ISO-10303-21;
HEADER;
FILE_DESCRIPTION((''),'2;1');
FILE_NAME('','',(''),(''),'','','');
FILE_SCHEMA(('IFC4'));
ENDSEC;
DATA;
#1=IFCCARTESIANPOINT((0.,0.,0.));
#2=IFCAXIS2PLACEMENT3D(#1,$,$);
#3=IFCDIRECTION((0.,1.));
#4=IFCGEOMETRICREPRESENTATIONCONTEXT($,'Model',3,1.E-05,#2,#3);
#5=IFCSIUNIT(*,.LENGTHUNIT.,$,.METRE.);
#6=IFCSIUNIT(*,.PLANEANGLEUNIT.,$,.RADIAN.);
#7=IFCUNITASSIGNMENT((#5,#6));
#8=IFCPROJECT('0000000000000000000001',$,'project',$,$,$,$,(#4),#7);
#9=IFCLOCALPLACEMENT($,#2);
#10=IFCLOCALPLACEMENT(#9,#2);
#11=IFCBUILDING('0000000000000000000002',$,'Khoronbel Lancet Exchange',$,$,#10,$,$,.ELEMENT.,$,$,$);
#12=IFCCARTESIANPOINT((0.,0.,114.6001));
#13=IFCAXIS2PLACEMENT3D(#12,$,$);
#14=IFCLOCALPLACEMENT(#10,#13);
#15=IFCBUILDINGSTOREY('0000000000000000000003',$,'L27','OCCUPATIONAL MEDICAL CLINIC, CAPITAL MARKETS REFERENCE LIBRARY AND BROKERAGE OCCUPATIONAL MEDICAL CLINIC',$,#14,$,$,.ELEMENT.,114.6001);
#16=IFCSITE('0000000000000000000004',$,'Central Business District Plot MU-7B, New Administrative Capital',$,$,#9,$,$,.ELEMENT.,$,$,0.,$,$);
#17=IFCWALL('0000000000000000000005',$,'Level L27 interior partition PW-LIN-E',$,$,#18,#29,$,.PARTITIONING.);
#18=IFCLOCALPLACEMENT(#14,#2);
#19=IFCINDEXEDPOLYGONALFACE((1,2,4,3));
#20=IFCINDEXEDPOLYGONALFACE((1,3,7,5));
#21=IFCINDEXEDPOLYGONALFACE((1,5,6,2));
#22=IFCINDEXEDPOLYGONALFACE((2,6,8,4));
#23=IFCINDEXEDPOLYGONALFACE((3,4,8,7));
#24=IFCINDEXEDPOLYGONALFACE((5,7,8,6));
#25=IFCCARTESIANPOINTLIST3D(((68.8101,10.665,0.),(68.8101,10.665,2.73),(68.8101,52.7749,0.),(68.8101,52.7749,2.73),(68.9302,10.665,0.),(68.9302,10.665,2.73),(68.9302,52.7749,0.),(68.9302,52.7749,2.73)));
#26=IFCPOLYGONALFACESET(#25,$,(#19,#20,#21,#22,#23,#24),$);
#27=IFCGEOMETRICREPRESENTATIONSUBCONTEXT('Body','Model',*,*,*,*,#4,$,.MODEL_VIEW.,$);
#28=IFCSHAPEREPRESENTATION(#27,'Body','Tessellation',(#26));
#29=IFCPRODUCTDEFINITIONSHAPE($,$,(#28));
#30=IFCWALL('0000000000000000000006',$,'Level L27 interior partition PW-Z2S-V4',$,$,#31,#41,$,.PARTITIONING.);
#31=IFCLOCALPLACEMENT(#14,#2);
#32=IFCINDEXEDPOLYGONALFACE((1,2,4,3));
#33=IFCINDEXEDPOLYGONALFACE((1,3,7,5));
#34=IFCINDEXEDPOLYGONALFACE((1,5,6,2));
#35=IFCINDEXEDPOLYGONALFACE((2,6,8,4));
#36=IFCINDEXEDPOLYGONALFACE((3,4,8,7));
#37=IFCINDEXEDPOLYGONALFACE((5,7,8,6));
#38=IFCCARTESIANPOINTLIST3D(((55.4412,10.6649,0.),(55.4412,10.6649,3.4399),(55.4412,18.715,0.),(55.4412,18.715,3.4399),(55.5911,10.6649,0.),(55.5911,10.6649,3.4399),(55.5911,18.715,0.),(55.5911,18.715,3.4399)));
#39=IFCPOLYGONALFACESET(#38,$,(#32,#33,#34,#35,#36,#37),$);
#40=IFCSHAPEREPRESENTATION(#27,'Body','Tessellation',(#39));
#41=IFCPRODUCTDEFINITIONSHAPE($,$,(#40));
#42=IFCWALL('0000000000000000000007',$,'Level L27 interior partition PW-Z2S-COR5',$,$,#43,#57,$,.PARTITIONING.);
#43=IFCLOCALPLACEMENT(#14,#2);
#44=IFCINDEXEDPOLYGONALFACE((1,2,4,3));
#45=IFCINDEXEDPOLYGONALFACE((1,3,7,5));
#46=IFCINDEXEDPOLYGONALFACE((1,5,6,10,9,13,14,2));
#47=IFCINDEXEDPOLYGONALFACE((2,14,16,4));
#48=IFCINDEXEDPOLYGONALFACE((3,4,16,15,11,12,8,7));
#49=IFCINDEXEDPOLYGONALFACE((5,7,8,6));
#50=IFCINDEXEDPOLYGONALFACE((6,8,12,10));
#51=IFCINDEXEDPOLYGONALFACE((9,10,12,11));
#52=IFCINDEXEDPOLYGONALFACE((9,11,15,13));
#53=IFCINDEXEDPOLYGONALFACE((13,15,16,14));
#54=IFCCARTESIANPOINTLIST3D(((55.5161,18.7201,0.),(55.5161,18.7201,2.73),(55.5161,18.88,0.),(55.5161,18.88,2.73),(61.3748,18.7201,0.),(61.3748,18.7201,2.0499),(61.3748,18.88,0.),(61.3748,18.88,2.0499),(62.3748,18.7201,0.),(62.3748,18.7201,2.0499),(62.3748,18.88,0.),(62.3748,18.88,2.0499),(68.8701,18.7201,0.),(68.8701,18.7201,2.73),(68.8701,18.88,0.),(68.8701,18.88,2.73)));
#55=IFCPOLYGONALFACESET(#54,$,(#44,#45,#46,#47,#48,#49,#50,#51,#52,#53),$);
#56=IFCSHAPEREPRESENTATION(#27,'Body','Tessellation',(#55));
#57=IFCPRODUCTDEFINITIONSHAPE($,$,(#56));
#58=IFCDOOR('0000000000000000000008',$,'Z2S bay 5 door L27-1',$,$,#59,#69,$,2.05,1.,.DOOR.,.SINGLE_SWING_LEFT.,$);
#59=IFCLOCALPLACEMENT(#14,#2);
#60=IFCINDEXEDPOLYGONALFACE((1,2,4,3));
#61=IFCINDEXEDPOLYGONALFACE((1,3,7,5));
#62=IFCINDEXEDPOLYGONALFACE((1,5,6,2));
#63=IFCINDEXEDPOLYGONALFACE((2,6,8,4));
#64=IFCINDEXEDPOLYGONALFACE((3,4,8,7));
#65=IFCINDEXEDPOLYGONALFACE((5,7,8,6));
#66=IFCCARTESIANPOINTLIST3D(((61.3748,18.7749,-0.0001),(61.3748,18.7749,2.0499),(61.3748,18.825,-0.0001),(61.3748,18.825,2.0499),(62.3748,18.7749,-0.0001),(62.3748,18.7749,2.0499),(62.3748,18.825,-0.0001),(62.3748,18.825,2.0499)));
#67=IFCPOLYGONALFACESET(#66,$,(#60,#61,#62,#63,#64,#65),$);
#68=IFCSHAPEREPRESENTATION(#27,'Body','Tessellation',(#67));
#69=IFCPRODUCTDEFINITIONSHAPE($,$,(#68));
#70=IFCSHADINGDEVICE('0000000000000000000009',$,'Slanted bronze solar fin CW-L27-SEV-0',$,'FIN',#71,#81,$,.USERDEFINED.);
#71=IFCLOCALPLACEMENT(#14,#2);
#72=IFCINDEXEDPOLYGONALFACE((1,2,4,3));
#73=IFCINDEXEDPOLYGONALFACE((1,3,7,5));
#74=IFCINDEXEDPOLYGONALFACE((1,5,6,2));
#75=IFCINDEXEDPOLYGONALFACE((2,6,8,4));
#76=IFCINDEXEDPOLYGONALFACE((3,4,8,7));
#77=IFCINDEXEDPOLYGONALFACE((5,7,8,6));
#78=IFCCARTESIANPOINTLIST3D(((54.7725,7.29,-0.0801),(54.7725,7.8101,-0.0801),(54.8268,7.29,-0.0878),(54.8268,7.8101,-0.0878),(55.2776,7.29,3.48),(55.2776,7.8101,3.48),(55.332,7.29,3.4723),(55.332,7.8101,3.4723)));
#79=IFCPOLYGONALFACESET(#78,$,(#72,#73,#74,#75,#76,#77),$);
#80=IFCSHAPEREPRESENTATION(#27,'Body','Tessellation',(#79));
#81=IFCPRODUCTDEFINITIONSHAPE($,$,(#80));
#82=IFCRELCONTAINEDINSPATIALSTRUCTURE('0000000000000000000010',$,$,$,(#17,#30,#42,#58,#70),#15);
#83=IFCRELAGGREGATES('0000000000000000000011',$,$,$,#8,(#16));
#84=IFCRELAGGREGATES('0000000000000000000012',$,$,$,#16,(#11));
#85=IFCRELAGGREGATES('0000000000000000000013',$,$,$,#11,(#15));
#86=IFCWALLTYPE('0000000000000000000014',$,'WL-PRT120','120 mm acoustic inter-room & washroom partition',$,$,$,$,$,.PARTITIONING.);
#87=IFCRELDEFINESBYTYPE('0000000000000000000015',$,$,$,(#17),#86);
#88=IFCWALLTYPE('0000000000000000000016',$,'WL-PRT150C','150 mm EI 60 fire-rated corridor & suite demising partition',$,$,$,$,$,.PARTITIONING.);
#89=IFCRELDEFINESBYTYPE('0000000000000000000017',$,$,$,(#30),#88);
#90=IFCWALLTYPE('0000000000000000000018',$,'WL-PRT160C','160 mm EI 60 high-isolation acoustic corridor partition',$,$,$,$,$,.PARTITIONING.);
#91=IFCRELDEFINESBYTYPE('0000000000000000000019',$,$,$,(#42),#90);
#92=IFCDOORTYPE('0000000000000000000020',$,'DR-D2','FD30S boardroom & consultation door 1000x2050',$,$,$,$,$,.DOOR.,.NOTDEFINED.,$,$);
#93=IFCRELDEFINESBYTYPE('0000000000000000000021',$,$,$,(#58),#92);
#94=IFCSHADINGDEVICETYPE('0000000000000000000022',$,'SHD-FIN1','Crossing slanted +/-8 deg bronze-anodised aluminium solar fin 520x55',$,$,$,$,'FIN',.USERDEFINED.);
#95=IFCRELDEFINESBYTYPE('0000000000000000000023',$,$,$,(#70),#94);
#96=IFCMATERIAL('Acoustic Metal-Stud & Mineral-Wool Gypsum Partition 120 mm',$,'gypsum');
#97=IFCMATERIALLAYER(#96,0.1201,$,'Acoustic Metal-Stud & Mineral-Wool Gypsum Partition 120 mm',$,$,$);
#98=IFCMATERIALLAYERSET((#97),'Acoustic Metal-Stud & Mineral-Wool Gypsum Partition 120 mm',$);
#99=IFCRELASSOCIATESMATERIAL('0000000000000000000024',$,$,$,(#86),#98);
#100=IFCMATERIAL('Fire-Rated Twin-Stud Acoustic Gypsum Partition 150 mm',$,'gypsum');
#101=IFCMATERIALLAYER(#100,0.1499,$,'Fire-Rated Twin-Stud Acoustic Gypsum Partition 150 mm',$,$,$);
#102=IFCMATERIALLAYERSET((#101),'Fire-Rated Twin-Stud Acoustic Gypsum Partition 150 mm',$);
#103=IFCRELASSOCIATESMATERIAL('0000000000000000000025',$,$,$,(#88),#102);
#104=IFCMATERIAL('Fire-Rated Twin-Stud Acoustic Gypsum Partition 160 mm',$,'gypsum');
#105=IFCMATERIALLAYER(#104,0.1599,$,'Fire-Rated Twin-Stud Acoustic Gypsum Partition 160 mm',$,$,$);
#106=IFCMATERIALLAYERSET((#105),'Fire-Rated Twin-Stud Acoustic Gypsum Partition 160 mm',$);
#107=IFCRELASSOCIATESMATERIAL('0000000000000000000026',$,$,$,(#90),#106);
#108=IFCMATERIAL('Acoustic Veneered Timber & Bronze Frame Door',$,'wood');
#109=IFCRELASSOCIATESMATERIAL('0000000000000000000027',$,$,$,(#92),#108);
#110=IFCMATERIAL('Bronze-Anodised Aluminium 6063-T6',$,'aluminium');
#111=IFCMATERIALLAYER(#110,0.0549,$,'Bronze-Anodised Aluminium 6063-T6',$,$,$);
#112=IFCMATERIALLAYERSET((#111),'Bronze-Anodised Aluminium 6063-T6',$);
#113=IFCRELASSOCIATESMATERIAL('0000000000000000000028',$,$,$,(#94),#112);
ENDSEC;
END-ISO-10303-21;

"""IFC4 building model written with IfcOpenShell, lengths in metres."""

from ifc_helpers import new_model, si_unit, direction, frame, frame_2d, origin, place, context, subcontext, project, spatial, polyline, rectangle, outline, extrude, material, layer, layer_set, type_object, element, fill, save


model = new_model("IFC4")

# Units and contexts
model_context = context("Model", 3, precision=1e-05, world=origin(), true_north=direction((0.0, 1.0)))
body_context = subcontext(model_context, "Body", "Model", "MODEL_VIEW")
ifc_project = project(units=[si_unit("LENGTHUNIT", "METRE"), si_unit("PLANEANGLEUNIT", "RADIAN")], contexts=[model_context])

# Site, building, storey
site_placement = place(None, origin())
site = spatial("IfcSite", under=ifc_project, at=site_placement, Name="Central Business District Plot MU-7B, New Administrative Capital", CompositionType="ELEMENT", RefElevation=0.0)
building_placement = place(site_placement, origin())
building = spatial("IfcBuilding", under=site, at=building_placement, Name="Khoronbel Lancet Exchange", CompositionType="ELEMENT")
storey_placement = place(building_placement, frame((0.0, 0.0, 114.6001)))
storey = spatial("IfcBuildingStorey", under=building, at=storey_placement, Name="L27", Description="OCCUPATIONAL MEDICAL CLINIC, CAPITAL MARKETS REFERENCE LIBRARY AND BROKERAGE OCCUPATIONAL MEDICAL CLINIC", CompositionType="ELEMENT", Elevation=114.6001)

# Shared definitions
ifc_material_1 = material(Name="Bronze-Anodised Aluminium 6063-T6", Category="aluminium")

# Walls
ifc_material_2 = material(Name="Acoustic Metal-Stud & Mineral-Wool Gypsum Partition 120 mm", Category="gypsum")
ifc_layer_1 = layer(ifc_material_2, 0.1201, Name="Acoustic Metal-Stud & Mineral-Wool Gypsum Partition 120 mm")
ifc_layer_set_1 = layer_set([ifc_layer_1], Name="Acoustic Metal-Stud & Mineral-Wool Gypsum Partition 120 mm")
wall_type_1 = type_object("IfcWallType", Name="WL-PRT120", Description="120 mm acoustic inter-room & washroom partition", PredefinedType="PARTITIONING", material=ifc_layer_set_1)
wall_1_placement = place(storey_placement, frame((68.8701, 10.665, 0.0), z_axis=(0.0, 0.0, 1.0), x_axis=(0.0, 1.0, 0.0)))
element("IfcWall", 1, at=wall_1_placement, inside=storey, type_object=wall_type_1, Name="Level L27 interior partition PW-LIN-E", PredefinedType="PARTITIONING", context=body_context, shape_type="SweptSolid", body=[
    extrude(rectangle(XDim=42.1099, YDim=0.1201, at=frame_2d((21.0549, 0.0))), origin(), (0.0, 0.0, 1.0), 2.73),
])
ifc_material_3 = material(Name="Fire-Rated Twin-Stud Acoustic Gypsum Partition 150 mm", Category="gypsum")
ifc_layer_2 = layer(ifc_material_3, 0.1499, Name="Fire-Rated Twin-Stud Acoustic Gypsum Partition 150 mm")
ifc_layer_set_2 = layer_set([ifc_layer_2], Name="Fire-Rated Twin-Stud Acoustic Gypsum Partition 150 mm")
wall_type_2 = type_object("IfcWallType", Name="WL-PRT150C", Description="150 mm EI 60 fire-rated corridor & suite demising partition", PredefinedType="PARTITIONING", material=ifc_layer_set_2)
wall_2_placement = place(storey_placement, frame((55.5161, 10.665, 0.0), z_axis=(0.0, 0.0, 1.0), x_axis=(0.0, 1.0, 0.0)))
element("IfcWall", 2, at=wall_2_placement, inside=storey, type_object=wall_type_2, Name="Level L27 interior partition PW-Z2S-V4", PredefinedType="PARTITIONING", context=body_context, shape_type="SweptSolid", body=[
    extrude(rectangle(XDim=8.05, YDim=0.1499, at=frame_2d((4.0249, 0.0))), origin(), (0.0, 0.0, 1.0), 3.4399),
])

# Wall, opening, door
ifc_material_4 = material(Name="Fire-Rated Twin-Stud Acoustic Gypsum Partition 160 mm", Category="gypsum")
ifc_layer_3 = layer(ifc_material_4, 0.1599, Name="Fire-Rated Twin-Stud Acoustic Gypsum Partition 160 mm")
ifc_layer_set_3 = layer_set([ifc_layer_3], Name="Fire-Rated Twin-Stud Acoustic Gypsum Partition 160 mm")
wall_type_3 = type_object("IfcWallType", Name="WL-PRT160C", Description="160 mm EI 60 high-isolation acoustic corridor partition", PredefinedType="PARTITIONING", material=ifc_layer_set_3)
wall_3_placement = place(storey_placement, frame((55.5161, 18.8, 0.0), z_axis=(0.0, 0.0, 1.0), x_axis=(1.0, 0.0, 0.0)))
wall_3 = element("IfcWall", 3, at=wall_3_placement, inside=storey, type_object=wall_type_3, Name="Level L27 interior partition PW-Z2S-COR5", PredefinedType="PARTITIONING", context=body_context, shape_type="SweptSolid", body=[
    extrude(rectangle(XDim=13.354, YDim=0.1599, at=frame_2d((6.677, 0.0))), origin(), (0.0, 0.0, 1.0), 2.73),
])
opening_placement = place(wall_3_placement, frame((5.8586, 0.0, 0.0)))
opening = element("IfcOpeningElement", 4, at=opening_placement, cuts=wall_3, PredefinedType="OPENING", context=body_context, shape_type="SweptSolid", body=[
    extrude(rectangle(XDim=1.0, YDim=2.05, at=frame_2d((0.5, 1.0249))), frame((0.0, 0.0898, 0.0), z_axis=(0.0, -1.0, 0.0), x_axis=(1.0, 0.0, 0.0)), (0.0, 0.0, 1.0), 0.1799),
])
ifc_material_5 = material(Name="Acoustic Veneered Timber & Bronze Frame Door", Category="wood")
door_type = type_object("IfcDoorType", Name="DR-D2", Description="FD30S boardroom & consultation door 1000x2050", OperationType="NOTDEFINED", PredefinedType="DOOR", material=ifc_material_5)
door_placement = place(opening_placement, origin())
door = element("IfcDoor", 5, at=door_placement, inside=storey, type_object=door_type, Name="Z2S bay 5 door L27-1", OperationType="SINGLE_SWING_LEFT", OverallHeight=2.05, OverallWidth=1.0, PredefinedType="DOOR", context=body_context, shape_type="SweptSolid", body=[
    extrude(rectangle(XDim=1.0, YDim=2.05, at=frame_2d((0.5, 1.0249))), frame((0.0, 0.0249, 0.0), z_axis=(0.0, -1.0, 0.0), x_axis=(1.0, 0.0, 0.0)), (0.0, 0.0, 1.0), 0.05),
])
fill(opening, door)

# Shading device
ifc_layer_4 = layer(ifc_material_1, 0.0549, Name="Bronze-Anodised Aluminium 6063-T6")
ifc_layer_set_4 = layer_set([ifc_layer_4], Name="Bronze-Anodised Aluminium 6063-T6")
shading_device_type = type_object("IfcShadingDeviceType", Name="SHD-FIN1", Description="Crossing slanted +/-8 deg bronze-anodised aluminium solar fin 520x55", ElementType="FIN", PredefinedType="USERDEFINED", material=ifc_layer_set_4)
shading_device_placement = place(storey_placement, frame((54.7725, 7.8101, -0.0801), z_axis=(-0.990083, 0.0, 0.14048), x_axis=(0.0, -1.0, 0.0)))
element("IfcShadingDevice", 6, at=shading_device_placement, inside=storey, type_object=shading_device_type, Name="Slanted bronze solar fin CW-L27-SEV-0", ObjectType="FIN", PredefinedType="USERDEFINED", context=body_context, shape_type="SweptSolid", body=[
    extrude(outline(polyline([(0.0, 0.0), (0.52, 0.0), (0.52, 3.5957), (0.0, 3.5957), (0.0, 0.0)])), origin(), (0.0, 0.0, -1.0), 0.0549),
])

save(model, "model.ifc")
